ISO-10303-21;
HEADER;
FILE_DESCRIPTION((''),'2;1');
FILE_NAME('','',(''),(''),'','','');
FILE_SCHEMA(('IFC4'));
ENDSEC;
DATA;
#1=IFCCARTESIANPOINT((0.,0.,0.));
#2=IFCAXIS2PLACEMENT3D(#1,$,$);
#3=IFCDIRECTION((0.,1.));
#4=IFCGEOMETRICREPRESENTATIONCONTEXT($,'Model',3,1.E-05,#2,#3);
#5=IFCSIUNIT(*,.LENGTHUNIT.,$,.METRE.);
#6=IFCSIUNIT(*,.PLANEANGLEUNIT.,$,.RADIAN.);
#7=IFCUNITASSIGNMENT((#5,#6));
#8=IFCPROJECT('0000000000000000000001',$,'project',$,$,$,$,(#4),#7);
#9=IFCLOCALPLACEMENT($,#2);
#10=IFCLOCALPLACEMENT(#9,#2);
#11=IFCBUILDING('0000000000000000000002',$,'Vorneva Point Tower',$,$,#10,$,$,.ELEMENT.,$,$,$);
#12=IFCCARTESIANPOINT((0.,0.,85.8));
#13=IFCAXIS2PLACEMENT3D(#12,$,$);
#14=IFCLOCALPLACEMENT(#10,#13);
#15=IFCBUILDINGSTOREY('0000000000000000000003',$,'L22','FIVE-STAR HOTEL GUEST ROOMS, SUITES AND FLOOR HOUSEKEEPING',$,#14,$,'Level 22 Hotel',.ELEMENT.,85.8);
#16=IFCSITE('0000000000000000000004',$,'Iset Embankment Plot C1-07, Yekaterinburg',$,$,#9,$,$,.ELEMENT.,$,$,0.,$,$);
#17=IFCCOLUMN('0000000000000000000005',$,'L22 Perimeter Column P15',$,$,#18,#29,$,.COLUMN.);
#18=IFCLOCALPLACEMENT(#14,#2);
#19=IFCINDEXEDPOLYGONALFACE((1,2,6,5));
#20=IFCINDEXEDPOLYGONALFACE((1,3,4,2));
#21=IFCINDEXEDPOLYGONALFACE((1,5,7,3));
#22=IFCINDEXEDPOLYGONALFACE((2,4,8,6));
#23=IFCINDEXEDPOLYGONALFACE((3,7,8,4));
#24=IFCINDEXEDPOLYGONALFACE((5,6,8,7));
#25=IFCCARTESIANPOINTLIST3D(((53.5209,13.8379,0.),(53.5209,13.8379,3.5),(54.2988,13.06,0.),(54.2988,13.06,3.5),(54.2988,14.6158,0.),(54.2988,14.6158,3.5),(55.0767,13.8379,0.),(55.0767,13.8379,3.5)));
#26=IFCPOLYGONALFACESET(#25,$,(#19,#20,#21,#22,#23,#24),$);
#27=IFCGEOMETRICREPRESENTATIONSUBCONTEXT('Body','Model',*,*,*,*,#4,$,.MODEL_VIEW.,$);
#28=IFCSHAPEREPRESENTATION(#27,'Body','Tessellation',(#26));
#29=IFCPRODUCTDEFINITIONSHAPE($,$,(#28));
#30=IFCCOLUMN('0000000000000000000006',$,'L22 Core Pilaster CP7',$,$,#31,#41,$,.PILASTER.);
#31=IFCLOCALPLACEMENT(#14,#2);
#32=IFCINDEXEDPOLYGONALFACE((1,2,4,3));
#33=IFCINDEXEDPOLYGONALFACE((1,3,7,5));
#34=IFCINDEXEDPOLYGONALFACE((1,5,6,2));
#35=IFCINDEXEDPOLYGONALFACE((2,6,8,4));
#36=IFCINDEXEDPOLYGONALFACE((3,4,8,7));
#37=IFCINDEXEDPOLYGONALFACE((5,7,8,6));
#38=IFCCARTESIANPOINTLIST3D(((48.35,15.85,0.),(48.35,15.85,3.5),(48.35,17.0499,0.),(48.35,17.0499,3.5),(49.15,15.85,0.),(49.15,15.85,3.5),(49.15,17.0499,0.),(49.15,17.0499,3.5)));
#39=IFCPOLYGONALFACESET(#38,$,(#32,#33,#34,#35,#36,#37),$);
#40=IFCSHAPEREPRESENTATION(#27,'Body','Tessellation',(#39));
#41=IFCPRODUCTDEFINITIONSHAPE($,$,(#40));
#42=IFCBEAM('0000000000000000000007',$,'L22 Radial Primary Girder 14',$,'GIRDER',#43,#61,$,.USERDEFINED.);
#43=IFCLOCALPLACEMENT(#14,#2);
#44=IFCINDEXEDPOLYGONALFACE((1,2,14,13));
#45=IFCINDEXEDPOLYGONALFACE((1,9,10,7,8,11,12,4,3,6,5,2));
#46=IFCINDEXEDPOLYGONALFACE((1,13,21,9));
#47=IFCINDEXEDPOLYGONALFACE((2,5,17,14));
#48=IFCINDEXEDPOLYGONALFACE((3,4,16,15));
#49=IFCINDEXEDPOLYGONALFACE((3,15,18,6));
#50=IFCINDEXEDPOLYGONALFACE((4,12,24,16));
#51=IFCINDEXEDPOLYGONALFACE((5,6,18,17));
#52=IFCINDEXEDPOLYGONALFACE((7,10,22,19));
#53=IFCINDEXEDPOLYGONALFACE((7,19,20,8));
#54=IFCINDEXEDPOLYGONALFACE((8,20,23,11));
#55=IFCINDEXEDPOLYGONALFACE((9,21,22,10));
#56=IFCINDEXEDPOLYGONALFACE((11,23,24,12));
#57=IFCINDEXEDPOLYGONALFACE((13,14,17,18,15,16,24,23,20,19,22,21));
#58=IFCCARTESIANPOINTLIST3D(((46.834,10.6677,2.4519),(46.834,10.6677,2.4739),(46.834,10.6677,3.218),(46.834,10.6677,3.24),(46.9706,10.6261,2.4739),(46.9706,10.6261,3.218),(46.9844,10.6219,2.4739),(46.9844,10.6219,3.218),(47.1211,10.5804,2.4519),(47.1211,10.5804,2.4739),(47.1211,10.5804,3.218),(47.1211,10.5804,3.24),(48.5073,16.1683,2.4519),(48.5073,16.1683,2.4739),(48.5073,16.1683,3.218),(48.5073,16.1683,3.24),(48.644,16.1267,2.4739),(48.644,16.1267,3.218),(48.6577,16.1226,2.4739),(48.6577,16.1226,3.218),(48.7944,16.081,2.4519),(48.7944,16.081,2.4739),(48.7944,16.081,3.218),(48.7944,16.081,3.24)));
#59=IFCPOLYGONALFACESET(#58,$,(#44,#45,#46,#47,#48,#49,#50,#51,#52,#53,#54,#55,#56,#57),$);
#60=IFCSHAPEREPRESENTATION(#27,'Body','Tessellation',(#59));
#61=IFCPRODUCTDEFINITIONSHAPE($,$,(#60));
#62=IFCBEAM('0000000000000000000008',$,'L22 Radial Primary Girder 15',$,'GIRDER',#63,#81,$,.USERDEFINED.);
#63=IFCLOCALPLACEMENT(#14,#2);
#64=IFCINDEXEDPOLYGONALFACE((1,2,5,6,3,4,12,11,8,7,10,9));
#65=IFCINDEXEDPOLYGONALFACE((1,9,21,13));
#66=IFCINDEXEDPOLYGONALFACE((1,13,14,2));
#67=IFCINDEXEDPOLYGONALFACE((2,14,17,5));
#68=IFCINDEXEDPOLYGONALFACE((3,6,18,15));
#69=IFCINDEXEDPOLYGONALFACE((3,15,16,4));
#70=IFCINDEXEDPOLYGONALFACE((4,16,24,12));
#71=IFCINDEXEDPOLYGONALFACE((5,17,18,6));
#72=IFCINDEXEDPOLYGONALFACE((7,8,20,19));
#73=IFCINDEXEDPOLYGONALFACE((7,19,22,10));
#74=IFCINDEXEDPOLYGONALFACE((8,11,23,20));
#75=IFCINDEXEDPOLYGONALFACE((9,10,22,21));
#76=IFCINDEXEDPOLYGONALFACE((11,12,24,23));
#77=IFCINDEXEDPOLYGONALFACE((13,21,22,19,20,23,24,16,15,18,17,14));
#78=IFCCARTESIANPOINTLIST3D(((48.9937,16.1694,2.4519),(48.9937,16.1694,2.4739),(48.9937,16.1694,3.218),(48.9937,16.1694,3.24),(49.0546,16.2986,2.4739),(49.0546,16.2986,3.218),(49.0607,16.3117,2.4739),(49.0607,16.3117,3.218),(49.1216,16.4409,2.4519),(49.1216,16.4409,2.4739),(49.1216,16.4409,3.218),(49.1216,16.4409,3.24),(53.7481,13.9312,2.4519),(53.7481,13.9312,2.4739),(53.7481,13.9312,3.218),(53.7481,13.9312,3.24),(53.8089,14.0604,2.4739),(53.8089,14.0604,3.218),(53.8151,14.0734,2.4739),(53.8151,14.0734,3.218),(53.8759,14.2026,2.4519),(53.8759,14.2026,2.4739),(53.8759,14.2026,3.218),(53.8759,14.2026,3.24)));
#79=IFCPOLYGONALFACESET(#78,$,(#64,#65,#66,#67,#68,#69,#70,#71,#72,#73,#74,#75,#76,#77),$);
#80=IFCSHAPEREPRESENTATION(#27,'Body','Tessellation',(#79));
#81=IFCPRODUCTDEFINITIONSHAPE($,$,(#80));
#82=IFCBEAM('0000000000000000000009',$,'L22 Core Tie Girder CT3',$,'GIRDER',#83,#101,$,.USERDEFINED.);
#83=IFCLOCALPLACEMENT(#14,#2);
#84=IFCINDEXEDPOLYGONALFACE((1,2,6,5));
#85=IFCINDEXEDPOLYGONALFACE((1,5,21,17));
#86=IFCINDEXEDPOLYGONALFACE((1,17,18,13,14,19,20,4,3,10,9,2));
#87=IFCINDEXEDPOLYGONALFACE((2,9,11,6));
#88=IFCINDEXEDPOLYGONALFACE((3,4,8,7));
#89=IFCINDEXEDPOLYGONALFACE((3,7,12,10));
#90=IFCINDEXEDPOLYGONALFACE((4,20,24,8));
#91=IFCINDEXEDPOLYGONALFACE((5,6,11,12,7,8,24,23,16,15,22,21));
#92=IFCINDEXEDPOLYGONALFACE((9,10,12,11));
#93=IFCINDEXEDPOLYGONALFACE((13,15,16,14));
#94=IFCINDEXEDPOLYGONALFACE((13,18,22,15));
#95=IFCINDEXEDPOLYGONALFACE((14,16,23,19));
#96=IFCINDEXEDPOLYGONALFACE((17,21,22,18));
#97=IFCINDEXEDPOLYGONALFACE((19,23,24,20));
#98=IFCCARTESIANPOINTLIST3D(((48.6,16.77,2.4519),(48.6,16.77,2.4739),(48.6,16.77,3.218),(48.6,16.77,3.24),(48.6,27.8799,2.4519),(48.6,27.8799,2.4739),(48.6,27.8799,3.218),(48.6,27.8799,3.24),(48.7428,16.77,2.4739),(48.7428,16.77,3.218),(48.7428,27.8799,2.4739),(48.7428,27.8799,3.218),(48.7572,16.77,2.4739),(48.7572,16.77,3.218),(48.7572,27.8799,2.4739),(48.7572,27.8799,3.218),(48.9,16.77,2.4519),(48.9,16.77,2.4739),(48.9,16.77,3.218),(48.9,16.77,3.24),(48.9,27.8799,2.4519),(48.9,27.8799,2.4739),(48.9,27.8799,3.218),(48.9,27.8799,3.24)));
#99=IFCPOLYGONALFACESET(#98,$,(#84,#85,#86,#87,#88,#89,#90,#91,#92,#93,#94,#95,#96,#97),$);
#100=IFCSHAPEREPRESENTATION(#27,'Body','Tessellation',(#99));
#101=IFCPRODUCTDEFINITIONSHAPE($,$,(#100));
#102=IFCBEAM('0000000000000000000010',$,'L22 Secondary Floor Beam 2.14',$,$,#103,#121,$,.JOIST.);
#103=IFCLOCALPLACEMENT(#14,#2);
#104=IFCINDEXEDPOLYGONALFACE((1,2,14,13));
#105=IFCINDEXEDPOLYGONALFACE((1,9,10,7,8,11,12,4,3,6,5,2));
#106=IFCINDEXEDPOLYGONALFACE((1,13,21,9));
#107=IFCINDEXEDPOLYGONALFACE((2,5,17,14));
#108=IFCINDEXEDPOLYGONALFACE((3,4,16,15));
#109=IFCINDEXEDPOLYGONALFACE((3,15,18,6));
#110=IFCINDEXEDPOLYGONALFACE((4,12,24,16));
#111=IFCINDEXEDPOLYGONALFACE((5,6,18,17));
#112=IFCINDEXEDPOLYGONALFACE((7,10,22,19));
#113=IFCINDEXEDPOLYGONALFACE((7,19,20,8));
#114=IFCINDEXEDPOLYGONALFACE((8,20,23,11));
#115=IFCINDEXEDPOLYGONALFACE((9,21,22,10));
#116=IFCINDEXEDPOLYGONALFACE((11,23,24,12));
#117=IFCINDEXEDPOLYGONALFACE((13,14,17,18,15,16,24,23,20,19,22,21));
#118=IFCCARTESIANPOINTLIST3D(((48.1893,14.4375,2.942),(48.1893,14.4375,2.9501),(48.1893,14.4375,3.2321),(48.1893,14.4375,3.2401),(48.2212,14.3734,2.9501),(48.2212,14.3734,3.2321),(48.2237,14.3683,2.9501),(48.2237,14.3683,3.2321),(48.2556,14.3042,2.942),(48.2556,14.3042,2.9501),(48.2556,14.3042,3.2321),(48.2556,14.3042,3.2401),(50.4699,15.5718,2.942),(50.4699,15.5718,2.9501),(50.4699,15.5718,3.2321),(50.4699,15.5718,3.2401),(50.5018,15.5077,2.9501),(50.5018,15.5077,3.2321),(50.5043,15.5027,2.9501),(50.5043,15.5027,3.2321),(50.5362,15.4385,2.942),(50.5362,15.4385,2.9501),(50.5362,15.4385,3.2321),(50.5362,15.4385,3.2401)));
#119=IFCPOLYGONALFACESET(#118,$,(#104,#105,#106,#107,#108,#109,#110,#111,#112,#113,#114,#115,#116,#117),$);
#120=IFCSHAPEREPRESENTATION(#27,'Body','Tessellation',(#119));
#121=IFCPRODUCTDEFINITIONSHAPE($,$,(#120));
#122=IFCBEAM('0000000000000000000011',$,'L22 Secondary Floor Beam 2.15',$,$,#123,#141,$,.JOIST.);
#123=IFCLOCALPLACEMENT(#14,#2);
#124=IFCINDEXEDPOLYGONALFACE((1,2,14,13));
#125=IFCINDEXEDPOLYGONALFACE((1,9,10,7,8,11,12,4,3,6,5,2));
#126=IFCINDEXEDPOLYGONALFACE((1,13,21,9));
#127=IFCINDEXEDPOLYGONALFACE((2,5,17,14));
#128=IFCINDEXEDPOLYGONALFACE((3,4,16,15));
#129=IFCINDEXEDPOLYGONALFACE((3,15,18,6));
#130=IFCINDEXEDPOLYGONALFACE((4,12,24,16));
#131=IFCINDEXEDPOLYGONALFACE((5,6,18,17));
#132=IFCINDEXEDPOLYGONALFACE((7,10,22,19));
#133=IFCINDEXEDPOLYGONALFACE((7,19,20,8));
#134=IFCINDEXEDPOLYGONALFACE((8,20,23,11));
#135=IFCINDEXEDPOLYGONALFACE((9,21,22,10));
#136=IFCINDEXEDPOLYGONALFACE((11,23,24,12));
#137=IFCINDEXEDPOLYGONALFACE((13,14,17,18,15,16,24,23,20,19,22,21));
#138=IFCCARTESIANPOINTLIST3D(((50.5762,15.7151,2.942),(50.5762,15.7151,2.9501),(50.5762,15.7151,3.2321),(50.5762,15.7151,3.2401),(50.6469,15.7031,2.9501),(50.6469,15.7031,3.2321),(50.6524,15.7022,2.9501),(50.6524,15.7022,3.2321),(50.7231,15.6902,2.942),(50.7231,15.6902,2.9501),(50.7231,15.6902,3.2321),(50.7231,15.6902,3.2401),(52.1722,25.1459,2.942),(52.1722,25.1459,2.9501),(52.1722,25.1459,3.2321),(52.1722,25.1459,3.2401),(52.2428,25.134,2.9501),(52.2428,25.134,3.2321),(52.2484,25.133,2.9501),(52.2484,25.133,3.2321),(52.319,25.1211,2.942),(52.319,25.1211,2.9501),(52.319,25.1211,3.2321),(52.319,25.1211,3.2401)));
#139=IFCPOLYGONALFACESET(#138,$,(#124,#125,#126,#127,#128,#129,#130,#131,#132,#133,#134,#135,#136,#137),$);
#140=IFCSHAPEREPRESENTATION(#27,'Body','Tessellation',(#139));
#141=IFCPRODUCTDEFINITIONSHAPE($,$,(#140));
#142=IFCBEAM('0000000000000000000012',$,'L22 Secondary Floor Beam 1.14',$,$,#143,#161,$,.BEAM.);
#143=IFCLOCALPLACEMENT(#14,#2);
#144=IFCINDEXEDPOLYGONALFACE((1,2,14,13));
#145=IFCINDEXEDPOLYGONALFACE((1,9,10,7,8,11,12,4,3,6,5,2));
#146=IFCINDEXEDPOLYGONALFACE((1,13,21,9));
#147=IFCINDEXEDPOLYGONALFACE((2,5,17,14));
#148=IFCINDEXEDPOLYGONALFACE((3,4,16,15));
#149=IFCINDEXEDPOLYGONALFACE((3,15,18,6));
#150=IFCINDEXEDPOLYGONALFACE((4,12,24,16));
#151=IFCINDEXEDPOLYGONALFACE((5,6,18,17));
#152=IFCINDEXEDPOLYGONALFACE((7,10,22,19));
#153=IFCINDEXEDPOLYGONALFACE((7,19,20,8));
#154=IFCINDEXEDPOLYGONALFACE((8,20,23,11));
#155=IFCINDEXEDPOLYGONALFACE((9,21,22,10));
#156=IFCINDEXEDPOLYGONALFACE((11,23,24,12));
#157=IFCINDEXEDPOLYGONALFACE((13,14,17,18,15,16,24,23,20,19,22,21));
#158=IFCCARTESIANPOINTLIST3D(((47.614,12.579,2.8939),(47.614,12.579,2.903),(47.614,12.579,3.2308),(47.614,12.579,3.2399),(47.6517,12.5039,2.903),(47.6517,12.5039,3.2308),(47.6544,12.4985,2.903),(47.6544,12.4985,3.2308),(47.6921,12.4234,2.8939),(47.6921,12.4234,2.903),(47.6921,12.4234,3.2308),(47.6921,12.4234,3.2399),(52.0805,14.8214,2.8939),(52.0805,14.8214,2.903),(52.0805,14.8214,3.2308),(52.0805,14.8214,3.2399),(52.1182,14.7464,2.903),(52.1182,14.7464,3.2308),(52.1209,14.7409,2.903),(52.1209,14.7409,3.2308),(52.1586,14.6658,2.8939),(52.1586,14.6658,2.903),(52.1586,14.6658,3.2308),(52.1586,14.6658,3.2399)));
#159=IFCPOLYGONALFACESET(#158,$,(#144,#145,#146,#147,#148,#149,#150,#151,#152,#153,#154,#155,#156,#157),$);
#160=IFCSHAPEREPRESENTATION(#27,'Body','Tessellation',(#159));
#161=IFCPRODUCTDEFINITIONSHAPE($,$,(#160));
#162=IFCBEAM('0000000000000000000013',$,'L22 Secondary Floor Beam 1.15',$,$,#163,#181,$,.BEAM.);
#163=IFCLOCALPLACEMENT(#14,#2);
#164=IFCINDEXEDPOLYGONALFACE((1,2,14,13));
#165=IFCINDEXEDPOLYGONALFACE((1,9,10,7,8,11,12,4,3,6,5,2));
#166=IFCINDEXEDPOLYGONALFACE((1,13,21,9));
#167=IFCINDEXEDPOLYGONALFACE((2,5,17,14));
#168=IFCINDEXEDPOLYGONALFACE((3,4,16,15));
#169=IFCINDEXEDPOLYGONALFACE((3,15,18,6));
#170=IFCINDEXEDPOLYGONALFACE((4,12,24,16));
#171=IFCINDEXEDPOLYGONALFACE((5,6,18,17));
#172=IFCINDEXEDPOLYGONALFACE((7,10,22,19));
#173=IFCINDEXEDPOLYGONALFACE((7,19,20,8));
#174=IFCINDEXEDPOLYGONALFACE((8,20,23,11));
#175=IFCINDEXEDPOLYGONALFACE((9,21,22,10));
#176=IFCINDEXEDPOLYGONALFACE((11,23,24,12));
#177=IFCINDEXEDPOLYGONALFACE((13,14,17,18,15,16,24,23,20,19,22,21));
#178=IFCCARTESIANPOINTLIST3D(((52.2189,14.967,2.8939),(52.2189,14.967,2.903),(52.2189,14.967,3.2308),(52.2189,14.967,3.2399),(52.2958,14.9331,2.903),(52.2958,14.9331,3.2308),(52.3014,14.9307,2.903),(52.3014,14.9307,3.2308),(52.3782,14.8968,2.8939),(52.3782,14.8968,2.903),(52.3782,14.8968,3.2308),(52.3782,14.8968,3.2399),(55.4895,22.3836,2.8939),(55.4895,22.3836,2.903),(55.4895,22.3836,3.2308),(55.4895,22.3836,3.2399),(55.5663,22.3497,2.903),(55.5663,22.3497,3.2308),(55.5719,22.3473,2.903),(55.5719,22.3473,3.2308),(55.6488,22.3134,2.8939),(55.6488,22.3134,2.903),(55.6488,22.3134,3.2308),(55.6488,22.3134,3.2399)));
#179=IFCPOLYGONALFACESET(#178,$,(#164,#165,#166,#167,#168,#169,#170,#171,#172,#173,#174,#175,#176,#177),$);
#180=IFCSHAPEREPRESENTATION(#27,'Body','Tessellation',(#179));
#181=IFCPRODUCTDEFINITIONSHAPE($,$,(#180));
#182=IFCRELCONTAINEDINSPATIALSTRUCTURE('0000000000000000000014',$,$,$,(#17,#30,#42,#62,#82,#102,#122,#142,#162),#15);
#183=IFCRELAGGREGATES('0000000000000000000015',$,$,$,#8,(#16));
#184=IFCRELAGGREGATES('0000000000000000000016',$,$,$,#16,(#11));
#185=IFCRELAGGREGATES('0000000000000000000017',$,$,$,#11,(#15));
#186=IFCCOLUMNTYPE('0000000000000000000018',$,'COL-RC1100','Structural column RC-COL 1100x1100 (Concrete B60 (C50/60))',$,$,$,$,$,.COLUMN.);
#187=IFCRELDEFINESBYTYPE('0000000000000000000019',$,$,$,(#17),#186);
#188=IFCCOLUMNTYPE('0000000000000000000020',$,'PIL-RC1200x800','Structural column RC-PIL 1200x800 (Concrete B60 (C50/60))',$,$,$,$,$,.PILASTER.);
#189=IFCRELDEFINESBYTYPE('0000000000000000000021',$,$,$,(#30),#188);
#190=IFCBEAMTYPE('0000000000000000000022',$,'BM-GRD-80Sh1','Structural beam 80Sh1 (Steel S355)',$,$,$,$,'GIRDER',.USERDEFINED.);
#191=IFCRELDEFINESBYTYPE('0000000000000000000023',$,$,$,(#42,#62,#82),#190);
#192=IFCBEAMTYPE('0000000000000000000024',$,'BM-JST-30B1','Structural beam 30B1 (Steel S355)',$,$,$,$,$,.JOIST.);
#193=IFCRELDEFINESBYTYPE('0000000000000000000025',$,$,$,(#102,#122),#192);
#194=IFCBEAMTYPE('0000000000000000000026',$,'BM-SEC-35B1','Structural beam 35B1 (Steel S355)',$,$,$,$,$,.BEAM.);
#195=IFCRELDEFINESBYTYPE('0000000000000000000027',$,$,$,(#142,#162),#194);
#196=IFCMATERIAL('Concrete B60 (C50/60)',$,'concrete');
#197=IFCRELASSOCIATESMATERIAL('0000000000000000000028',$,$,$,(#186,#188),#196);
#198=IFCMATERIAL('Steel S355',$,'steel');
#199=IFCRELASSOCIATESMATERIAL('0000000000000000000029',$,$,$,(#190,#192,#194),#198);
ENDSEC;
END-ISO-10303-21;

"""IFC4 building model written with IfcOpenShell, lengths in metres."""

from ifc_helpers import new_model, si_unit, direction, frame, origin, origin_2d, place, context, subcontext, project, spatial, rectangle, i_section, extrude, material, material_profile, profile_set, type_object, element, save


model = new_model("IFC4")

# Units and contexts
model_context = context("Model", 3, precision=1e-05, world=origin(), true_north=direction((0.0, 1.0)))
body_context = subcontext(model_context, "Body", "Model", "MODEL_VIEW")
ifc_project = project(units=[si_unit("LENGTHUNIT", "METRE"), si_unit("PLANEANGLEUNIT", "RADIAN")], contexts=[model_context])

# Site, building, storey
site_placement = place(None, origin())
site = spatial("IfcSite", under=ifc_project, at=site_placement, Name="Iset Embankment Plot C1-07, Yekaterinburg", CompositionType="ELEMENT", RefElevation=0.0)
building_placement = place(site_placement, origin())
building = spatial("IfcBuilding", under=site, at=building_placement, Name="Vorneva Point Tower", CompositionType="ELEMENT")
storey_placement = place(building_placement, frame((0.0, 0.0, 85.8)))
storey = spatial("IfcBuildingStorey", under=building, at=storey_placement, Name="L22", Description="FIVE-STAR HOTEL GUEST ROOMS, SUITES AND FLOOR HOUSEKEEPING", LongName="Level 22 Hotel", CompositionType="ELEMENT", Elevation=85.8)

# Columns
ifc_material_1 = material(Name="Concrete B60 (C50/60)", Category="concrete")
ifc_material_profile_1 = material_profile(ifc_material_1, rectangle(XDim=1.1001, YDim=1.1001, at=origin_2d()), Name="RC-COL 1100x1100")
ifc_profile_set_1 = profile_set([ifc_material_profile_1], Name="Concrete B60 (C50/60)")
column_type_1 = type_object("IfcColumnType", Name="COL-RC1100", Description="Structural column RC-COL 1100x1100 (Concrete B60 (C50/60))", PredefinedType="COLUMN", material=ifc_profile_set_1)
column_1_placement = place(storey_placement, frame((54.2988, 13.8379, 0.0), z_axis=(0.0, 0.0, 1.0), x_axis=(0.707107, -0.707107, 0.0)))
element("IfcColumn", 1, at=column_1_placement, inside=storey, type_object=column_type_1, Name="L22 Perimeter Column P15", PredefinedType="COLUMN", context=body_context, shape_type="SweptSolid", body=[
    extrude(rectangle(XDim=1.1001, YDim=1.1001, at=origin_2d()), origin(), (0.0, 0.0, 1.0), 3.5),
])
ifc_material_profile_2 = material_profile(ifc_material_1, rectangle(XDim=0.8, YDim=1.2, at=origin_2d()), Name="RC-PIL 1200x800")
ifc_profile_set_2 = profile_set([ifc_material_profile_2], Name="Concrete B60 (C50/60)")
column_type_2 = type_object("IfcColumnType", Name="PIL-RC1200x800", Description="Structural column RC-PIL 1200x800 (Concrete B60 (C50/60))", PredefinedType="PILASTER", material=ifc_profile_set_2)
column_2_placement = place(storey_placement, frame((48.75, 16.45, 0.0), z_axis=(0.0, 0.0, 1.0), x_axis=(1.0, 0.0, 0.0)))
element("IfcColumn", 2, at=column_2_placement, inside=storey, type_object=column_type_2, Name="L22 Core Pilaster CP7", PredefinedType="PILASTER", context=body_context, shape_type="SweptSolid", body=[
    extrude(rectangle(XDim=0.8, YDim=1.2, at=origin_2d()), origin(), (0.0, 0.0, 1.0), 3.5),
])

# Beams
ifc_material_2 = material(Name="Steel S355", Category="steel")
ifc_material_profile_3 = material_profile(ifc_material_2, i_section(OverallWidth=0.3, OverallDepth=0.7881, WebThickness=0.0144, FlangeThickness=0.022, at=origin_2d()), Name="80Sh1")
ifc_profile_set_3 = profile_set([ifc_material_profile_3], Name="Steel S355")
beam_type_1 = type_object("IfcBeamType", Name="BM-GRD-80Sh1", Description="Structural beam 80Sh1 (Steel S355)", ElementType="GIRDER", PredefinedType="USERDEFINED", material=ifc_profile_set_3)
beam_1_placement = place(storey_placement, frame((46.9775, 10.624, 2.8459), z_axis=(0.291035, 0.956712, 0.0), x_axis=(-0.956712, 0.291035, 0.0)))
element("IfcBeam", 3, at=beam_1_placement, inside=storey, type_object=beam_type_1, Name="L22 Radial Primary Girder 14", ObjectType="GIRDER", PredefinedType="USERDEFINED", context=body_context, shape_type="SweptSolid", body=[
    extrude(i_section(OverallWidth=0.3, OverallDepth=0.7881, WebThickness=0.0144, FlangeThickness=0.022, at=origin_2d()), origin(), (0.0, 0.0, 1.0), 5.7495),
])
beam_2_placement = place(storey_placement, frame((53.812, 14.0669, 2.8459), z_axis=(-0.904751, 0.42594, 0.0), x_axis=(-0.42594, -0.904751, 0.0)))
element("IfcBeam", 4, at=beam_2_placement, inside=storey, type_object=beam_type_1, Name="L22 Radial Primary Girder 15", ObjectType="GIRDER", PredefinedType="USERDEFINED", context=body_context, shape_type="SweptSolid", body=[
    extrude(i_section(OverallWidth=0.3, OverallDepth=0.7881, WebThickness=0.0144, FlangeThickness=0.022, at=origin_2d()), origin(), (0.0, 0.0, 1.0), 5.2549),
])
beam_3_placement = place(storey_placement, frame((48.75, 16.77, 2.8459), z_axis=(0.0, 1.0, 0.0), x_axis=(-1.0, 0.0, 0.0)))
element("IfcBeam", 5, at=beam_3_placement, inside=storey, type_object=beam_type_1, Name="L22 Core Tie Girder CT3", ObjectType="GIRDER", PredefinedType="USERDEFINED", context=body_context, shape_type="SweptSolid", body=[
    extrude(i_section(OverallWidth=0.3, OverallDepth=0.7881, WebThickness=0.0144, FlangeThickness=0.022, at=origin_2d()), origin(), (0.0, 0.0, 1.0), 11.1099),
])
ifc_material_profile_4 = material_profile(ifc_material_2, i_section(OverallWidth=0.1489, OverallDepth=0.2981, WebThickness=0.0056, FlangeThickness=0.0081, at=origin_2d()), Name="30B1")
ifc_profile_set_4 = profile_set([ifc_material_profile_4], Name="Steel S355")
beam_type_2 = type_object("IfcBeamType", Name="BM-JST-30B1", Description="Structural beam 30B1 (Steel S355)", PredefinedType="JOIST", material=ifc_profile_set_4)
beam_4_placement = place(storey_placement, frame((48.2224, 14.3708, 3.0911), z_axis=(0.895365, 0.445334, 0.0), x_axis=(-0.445334, 0.895365, 0.0)))
element("IfcBeam", 6, at=beam_4_placement, inside=storey, type_object=beam_type_2, Name="L22 Secondary Floor Beam 2.14", PredefinedType="JOIST", context=body_context, shape_type="SweptSolid", body=[
    extrude(i_section(OverallWidth=0.1489, OverallDepth=0.2981, WebThickness=0.0056, FlangeThickness=0.0081, at=origin_2d()), origin(), (0.0, 0.0, 1.0), 2.5471),
])
beam_5_placement = place(storey_placement, frame((50.6497, 15.7026, 3.0911), z_axis=(0.166853, 0.985982, 0.0), x_axis=(-0.985982, 0.166853, 0.0)))
element("IfcBeam", 7, at=beam_5_placement, inside=storey, type_object=beam_type_2, Name="L22 Secondary Floor Beam 2.15", PredefinedType="JOIST", context=body_context, shape_type="SweptSolid", body=[
    extrude(i_section(OverallWidth=0.1489, OverallDepth=0.2981, WebThickness=0.0056, FlangeThickness=0.0081, at=origin_2d()), origin(), (0.0, 0.0, 1.0), 9.5649),
])
ifc_material_profile_5 = material_profile(ifc_material_2, i_section(OverallWidth=0.1741, OverallDepth=0.3459, WebThickness=0.0061, FlangeThickness=0.009, at=origin_2d()), Name="35B1")
ifc_profile_set_5 = profile_set([ifc_material_profile_5], Name="Steel S355")
beam_type_3 = type_object("IfcBeamType", Name="BM-SEC-35B1", Description="Structural beam 35B1 (Steel S355)", PredefinedType="BEAM", material=ifc_profile_set_5)
beam_6_placement = place(storey_placement, frame((47.6531, 12.5012, 3.0669), z_axis=(0.893693, 0.448678, 0.0), x_axis=(-0.448678, 0.893693, 0.0)))
element("IfcBeam", 8, at=beam_6_placement, inside=storey, type_object=beam_type_3, Name="L22 Secondary Floor Beam 1.14", PredefinedType="BEAM", context=body_context, shape_type="SweptSolid", body=[
    extrude(i_section(OverallWidth=0.1741, OverallDepth=0.3459, WebThickness=0.0061, FlangeThickness=0.009, at=origin_2d()), origin(), (0.0, 0.0, 1.0), 4.9978),
])
beam_7_placement = place(storey_placement, frame((52.2986, 14.9319, 3.0669), z_axis=(0.403487, 0.914985, 0.0), x_axis=(-0.914985, 0.403487, 0.0)))
element("IfcBeam", 9, at=beam_7_placement, inside=storey, type_object=beam_type_3, Name="L22 Secondary Floor Beam 1.15", PredefinedType="BEAM", context=body_context, shape_type="SweptSolid", body=[
    extrude(i_section(OverallWidth=0.1741, OverallDepth=0.3459, WebThickness=0.0061, FlangeThickness=0.009, at=origin_2d()), origin(), (0.0, 0.0, 1.0), 8.1057),
])

save(model, "model.ifc")
